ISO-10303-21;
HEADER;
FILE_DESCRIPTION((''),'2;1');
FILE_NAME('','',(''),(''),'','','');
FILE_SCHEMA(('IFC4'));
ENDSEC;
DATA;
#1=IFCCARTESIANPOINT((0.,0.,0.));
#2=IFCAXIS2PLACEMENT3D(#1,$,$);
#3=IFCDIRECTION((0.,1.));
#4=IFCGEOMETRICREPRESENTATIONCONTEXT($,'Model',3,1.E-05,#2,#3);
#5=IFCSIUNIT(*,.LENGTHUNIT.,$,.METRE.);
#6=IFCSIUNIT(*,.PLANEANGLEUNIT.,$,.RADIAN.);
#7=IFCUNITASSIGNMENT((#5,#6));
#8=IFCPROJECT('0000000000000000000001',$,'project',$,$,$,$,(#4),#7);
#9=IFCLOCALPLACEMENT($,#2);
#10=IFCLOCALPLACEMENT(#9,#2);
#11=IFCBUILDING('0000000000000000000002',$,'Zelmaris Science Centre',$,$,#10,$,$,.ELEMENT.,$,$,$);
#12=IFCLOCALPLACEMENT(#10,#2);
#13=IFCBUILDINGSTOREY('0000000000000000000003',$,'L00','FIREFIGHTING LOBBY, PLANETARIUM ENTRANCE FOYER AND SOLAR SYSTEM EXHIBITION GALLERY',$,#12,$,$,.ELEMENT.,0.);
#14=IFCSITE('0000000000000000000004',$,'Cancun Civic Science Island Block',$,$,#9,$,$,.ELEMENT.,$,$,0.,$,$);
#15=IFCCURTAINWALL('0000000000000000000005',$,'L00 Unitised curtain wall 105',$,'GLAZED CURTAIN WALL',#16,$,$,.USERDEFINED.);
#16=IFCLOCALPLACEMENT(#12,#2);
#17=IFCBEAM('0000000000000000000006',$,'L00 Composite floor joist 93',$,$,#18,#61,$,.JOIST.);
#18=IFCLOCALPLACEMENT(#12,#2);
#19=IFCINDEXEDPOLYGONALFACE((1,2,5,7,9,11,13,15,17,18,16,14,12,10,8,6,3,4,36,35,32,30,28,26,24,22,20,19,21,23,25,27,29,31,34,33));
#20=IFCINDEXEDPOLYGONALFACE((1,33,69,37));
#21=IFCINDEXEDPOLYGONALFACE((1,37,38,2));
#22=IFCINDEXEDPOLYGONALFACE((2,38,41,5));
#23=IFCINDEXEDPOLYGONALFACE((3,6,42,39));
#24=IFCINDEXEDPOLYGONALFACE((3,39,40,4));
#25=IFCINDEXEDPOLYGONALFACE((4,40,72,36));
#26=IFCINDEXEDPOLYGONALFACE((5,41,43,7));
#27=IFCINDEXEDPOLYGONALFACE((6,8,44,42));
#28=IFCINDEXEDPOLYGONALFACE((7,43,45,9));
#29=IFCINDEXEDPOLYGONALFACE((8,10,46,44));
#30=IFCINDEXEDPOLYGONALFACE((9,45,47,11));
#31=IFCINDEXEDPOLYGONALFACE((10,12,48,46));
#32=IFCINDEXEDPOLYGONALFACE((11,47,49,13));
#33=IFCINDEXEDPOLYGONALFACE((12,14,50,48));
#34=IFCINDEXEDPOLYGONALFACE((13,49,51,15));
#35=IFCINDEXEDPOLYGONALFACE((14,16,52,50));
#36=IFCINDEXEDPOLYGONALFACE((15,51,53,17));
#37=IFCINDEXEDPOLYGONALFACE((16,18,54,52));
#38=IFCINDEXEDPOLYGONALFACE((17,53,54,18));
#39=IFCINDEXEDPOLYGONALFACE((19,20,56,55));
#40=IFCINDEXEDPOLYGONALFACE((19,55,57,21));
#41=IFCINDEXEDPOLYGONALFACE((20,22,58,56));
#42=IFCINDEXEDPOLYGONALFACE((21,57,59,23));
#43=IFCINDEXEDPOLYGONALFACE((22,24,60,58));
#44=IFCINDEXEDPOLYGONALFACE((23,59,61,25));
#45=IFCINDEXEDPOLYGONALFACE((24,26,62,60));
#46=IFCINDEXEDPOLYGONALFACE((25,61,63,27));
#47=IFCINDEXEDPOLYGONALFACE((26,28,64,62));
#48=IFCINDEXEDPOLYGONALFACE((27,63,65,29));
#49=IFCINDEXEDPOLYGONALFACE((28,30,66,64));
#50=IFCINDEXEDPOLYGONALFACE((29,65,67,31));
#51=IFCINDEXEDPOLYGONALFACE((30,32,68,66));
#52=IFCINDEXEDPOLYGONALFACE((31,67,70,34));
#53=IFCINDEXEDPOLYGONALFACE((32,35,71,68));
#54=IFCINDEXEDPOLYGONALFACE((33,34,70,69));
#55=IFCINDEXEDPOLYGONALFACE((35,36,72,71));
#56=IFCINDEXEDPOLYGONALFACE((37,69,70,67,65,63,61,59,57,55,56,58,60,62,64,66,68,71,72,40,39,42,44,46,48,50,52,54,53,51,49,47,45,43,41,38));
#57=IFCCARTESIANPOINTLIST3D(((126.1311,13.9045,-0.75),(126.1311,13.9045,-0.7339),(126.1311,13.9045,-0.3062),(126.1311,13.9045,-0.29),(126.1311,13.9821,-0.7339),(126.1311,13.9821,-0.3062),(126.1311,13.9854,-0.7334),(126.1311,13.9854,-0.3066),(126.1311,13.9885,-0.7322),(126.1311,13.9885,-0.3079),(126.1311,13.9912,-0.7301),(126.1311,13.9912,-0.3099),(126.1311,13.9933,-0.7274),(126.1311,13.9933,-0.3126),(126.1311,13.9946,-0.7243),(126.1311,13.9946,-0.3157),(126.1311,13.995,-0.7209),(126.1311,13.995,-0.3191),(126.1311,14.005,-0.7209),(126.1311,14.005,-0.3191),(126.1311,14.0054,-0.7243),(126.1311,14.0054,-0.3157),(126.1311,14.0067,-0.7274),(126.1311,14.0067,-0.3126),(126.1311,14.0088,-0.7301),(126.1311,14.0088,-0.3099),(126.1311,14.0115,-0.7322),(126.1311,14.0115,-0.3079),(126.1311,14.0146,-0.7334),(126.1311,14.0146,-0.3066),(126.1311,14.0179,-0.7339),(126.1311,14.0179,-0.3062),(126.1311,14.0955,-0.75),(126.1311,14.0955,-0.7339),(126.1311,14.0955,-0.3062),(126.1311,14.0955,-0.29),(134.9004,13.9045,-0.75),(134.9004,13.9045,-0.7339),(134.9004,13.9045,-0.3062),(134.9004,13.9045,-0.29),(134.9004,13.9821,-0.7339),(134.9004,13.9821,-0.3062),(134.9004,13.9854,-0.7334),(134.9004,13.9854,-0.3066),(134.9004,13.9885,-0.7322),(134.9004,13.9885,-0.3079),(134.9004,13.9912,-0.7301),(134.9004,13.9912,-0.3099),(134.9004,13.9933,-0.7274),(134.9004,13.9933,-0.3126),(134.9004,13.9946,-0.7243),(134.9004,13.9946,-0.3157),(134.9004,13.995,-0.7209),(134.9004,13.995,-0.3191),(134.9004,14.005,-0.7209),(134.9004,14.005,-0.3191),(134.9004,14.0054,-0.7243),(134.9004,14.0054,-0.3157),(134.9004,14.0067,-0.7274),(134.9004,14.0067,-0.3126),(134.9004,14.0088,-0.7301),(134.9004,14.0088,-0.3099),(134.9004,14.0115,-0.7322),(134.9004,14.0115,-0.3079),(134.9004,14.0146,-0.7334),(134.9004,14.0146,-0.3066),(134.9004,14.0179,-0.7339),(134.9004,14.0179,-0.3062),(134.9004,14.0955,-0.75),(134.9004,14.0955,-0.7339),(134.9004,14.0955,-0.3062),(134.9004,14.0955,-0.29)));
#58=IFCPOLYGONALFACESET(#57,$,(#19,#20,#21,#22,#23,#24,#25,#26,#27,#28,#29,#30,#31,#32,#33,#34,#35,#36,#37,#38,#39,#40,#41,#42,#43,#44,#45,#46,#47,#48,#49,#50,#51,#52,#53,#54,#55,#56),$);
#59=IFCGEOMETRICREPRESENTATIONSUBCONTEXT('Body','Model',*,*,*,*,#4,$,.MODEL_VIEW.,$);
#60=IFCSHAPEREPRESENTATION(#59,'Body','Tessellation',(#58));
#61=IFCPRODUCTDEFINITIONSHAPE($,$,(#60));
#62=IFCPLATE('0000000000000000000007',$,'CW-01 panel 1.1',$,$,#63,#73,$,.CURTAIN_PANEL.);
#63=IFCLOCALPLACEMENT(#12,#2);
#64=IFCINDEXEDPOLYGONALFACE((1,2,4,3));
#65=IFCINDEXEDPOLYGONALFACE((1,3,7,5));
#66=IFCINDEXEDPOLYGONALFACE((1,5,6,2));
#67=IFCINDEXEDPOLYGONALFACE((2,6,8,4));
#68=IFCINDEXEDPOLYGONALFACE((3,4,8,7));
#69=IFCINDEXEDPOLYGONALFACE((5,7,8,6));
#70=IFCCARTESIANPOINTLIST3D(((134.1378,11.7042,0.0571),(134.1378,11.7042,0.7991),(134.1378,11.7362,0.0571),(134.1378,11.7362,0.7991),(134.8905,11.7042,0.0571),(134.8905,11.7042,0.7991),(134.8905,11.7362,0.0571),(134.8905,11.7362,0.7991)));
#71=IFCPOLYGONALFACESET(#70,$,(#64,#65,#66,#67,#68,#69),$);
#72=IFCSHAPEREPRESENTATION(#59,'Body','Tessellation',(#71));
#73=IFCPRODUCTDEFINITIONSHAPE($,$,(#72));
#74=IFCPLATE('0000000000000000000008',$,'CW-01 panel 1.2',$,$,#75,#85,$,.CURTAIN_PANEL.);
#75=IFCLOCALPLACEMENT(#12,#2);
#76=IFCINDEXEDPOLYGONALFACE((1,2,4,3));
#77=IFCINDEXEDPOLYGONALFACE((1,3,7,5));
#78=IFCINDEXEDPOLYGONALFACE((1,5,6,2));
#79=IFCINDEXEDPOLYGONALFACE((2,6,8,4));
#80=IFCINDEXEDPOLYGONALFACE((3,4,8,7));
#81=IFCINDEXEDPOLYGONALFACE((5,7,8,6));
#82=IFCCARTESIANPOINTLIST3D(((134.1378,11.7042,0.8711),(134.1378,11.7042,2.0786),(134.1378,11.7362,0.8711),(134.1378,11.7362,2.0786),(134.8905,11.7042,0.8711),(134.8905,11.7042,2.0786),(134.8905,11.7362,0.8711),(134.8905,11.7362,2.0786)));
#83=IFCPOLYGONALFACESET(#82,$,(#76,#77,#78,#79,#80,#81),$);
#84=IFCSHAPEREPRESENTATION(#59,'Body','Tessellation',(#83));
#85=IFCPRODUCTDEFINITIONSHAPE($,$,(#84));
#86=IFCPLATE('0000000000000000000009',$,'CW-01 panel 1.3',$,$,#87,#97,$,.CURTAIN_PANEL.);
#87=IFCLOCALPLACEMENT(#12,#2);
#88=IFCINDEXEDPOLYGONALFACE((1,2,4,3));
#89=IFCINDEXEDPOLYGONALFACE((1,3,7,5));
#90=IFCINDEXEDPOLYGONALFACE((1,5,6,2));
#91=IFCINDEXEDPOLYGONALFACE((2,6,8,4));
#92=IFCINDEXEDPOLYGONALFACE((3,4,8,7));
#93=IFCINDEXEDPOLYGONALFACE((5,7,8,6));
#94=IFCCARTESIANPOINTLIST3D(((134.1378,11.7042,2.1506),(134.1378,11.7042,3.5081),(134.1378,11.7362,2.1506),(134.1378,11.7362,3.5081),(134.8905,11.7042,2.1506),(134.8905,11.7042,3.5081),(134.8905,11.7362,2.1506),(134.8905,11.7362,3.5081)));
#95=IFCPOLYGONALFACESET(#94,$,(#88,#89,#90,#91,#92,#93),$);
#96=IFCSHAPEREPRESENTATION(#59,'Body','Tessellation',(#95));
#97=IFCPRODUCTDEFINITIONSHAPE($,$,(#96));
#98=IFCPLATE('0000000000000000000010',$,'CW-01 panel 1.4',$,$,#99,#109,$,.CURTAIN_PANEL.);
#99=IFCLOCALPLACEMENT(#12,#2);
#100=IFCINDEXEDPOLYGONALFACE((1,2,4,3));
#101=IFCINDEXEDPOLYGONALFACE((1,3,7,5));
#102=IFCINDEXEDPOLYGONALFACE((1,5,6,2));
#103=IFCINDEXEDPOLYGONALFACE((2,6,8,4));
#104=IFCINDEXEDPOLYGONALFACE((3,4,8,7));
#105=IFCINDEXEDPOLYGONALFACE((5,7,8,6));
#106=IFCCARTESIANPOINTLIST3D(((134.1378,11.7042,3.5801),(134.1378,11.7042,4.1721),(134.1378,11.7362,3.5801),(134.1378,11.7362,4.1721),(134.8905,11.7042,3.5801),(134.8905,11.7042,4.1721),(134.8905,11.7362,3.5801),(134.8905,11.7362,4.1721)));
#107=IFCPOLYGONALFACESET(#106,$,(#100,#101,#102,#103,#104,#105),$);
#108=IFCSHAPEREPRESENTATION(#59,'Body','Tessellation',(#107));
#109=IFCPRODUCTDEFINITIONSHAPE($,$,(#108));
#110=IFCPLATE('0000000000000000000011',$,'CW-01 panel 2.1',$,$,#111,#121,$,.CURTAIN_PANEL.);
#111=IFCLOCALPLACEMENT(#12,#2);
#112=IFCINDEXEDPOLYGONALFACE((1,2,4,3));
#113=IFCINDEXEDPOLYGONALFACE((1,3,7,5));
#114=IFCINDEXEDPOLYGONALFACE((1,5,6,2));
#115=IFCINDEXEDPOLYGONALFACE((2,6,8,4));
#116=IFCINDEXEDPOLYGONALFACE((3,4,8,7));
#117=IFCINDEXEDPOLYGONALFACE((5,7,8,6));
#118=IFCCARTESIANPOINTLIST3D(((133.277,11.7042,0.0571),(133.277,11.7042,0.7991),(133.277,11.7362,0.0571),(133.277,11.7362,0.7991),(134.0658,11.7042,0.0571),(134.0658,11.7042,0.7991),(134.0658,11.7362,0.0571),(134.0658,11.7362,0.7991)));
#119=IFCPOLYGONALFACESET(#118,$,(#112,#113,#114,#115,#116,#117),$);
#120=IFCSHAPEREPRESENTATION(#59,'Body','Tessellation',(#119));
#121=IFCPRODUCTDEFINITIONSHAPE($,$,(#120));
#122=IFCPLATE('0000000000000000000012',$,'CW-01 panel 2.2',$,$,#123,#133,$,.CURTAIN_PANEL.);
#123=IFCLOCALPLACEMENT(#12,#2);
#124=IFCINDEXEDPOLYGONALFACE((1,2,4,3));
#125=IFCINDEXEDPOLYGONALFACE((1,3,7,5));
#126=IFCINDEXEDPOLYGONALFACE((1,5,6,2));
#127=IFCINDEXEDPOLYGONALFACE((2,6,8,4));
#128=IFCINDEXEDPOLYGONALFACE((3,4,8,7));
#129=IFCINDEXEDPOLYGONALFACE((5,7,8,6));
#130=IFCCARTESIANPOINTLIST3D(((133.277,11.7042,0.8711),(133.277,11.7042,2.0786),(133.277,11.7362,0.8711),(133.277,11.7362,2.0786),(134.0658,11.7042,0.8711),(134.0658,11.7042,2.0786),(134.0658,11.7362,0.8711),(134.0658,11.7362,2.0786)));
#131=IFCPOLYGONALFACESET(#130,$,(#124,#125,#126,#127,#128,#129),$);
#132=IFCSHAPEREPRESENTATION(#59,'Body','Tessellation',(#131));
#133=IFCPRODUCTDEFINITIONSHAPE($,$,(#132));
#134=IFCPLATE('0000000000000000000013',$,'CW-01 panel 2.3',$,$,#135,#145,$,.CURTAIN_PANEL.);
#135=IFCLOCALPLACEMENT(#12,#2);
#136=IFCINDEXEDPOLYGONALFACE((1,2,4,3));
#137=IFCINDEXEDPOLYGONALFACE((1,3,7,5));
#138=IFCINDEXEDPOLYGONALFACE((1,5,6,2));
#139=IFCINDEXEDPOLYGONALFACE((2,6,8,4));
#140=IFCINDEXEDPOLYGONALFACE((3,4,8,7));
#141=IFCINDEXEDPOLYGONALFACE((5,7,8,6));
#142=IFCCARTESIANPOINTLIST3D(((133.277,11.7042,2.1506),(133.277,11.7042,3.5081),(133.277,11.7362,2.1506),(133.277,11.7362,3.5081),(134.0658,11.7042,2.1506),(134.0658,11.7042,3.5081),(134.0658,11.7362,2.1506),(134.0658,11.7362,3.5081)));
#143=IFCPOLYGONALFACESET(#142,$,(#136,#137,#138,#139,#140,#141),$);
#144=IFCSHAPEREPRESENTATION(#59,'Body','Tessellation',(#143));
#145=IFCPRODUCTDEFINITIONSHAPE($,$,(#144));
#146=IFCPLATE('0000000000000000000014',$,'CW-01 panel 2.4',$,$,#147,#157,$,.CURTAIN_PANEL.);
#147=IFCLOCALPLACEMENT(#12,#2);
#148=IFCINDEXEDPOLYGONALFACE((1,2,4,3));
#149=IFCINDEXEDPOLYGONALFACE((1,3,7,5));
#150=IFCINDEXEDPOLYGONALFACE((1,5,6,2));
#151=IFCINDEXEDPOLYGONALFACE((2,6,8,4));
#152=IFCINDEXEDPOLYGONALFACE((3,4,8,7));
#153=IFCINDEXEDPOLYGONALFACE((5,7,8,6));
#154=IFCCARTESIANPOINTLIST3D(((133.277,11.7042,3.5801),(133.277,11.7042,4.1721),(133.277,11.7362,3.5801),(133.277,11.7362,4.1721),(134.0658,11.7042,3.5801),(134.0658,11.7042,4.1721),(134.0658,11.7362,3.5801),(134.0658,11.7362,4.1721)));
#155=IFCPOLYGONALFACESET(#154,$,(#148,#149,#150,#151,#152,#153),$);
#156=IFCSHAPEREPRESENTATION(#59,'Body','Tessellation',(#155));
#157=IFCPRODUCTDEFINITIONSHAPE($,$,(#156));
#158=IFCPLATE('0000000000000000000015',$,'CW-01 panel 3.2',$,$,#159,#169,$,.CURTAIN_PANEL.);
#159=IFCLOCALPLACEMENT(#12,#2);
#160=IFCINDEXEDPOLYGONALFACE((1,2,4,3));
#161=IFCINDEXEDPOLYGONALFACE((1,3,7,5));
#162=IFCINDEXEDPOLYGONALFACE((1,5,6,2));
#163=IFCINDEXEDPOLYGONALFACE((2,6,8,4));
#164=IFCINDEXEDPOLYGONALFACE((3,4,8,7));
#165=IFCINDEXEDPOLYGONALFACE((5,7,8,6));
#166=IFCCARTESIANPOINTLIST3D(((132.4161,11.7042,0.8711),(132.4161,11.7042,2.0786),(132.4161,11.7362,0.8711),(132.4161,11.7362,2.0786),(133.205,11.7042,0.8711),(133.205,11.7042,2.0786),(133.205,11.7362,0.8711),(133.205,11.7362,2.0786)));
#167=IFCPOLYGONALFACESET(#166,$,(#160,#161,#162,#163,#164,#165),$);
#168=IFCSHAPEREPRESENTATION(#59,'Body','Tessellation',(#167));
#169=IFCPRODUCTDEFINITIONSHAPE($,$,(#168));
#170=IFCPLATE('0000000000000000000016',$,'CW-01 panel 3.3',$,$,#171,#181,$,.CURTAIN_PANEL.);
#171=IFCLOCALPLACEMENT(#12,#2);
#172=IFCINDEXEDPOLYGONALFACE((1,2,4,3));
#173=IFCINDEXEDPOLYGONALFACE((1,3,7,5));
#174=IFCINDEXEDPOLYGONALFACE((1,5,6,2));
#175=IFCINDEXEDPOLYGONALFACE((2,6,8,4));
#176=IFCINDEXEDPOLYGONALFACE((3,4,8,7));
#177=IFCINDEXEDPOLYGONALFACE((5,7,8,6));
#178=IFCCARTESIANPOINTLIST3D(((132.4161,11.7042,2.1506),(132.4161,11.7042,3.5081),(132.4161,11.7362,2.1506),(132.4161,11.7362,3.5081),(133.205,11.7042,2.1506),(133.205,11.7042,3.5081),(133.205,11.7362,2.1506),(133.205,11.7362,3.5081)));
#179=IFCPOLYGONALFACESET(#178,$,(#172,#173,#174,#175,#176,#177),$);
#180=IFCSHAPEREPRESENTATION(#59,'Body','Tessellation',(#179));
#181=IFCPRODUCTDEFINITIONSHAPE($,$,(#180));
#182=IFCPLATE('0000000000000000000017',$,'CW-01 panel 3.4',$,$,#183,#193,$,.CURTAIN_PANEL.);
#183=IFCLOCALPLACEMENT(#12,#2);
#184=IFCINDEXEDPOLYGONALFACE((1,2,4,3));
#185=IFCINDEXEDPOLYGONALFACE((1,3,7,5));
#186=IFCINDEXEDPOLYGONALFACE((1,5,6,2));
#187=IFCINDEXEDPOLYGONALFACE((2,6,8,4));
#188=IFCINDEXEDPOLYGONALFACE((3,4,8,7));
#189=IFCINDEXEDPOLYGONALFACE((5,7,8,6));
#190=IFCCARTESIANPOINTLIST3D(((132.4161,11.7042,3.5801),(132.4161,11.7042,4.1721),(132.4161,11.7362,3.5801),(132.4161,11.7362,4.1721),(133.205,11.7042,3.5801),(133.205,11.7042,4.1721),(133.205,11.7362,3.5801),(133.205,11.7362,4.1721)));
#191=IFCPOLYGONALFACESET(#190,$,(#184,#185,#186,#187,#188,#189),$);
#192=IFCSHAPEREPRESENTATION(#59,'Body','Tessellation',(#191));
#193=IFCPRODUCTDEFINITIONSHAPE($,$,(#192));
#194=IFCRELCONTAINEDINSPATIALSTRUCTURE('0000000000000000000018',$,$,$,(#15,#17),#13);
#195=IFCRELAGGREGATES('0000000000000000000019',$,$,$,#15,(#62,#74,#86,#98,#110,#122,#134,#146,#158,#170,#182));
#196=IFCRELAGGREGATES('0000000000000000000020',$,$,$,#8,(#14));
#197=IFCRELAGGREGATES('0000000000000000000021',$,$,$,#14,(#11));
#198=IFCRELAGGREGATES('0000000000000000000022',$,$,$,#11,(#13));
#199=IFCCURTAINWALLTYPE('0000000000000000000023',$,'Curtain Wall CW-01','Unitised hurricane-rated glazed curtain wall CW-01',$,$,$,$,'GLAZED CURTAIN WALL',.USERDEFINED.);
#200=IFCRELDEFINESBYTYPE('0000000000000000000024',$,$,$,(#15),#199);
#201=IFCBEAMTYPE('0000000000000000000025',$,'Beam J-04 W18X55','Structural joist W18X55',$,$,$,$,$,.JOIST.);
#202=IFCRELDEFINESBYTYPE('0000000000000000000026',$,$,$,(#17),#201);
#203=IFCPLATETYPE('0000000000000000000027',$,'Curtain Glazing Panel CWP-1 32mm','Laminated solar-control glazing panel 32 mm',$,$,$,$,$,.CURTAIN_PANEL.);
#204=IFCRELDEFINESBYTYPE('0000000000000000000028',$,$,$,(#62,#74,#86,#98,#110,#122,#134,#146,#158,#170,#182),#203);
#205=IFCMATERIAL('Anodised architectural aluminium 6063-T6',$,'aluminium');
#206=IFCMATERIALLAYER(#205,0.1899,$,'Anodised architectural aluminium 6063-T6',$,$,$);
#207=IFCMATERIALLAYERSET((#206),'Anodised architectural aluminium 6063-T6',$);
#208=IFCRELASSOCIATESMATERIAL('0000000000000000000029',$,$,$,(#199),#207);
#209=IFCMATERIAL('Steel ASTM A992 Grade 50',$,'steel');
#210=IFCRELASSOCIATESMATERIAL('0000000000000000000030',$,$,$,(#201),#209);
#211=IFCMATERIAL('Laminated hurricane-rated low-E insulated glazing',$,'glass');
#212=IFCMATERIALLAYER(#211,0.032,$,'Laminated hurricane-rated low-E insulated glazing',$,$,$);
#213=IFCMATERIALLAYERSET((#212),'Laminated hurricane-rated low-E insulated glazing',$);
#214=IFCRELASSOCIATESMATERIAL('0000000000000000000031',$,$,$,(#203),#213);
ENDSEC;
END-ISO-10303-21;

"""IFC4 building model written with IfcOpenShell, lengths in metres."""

from ifc_helpers import new_model, si_unit, direction, frame, origin, origin_2d, place, context, subcontext, project, spatial, rectangle, i_section, extrude, material, layer, layer_set, material_profile, profile_set, type_object, element, aggregate, save


model = new_model("IFC4")

# Units and contexts
model_context = context("Model", 3, precision=1e-05, world=origin(), true_north=direction((0.0, 1.0)))
body_context = subcontext(model_context, "Body", "Model", "MODEL_VIEW")
ifc_project = project(units=[si_unit("LENGTHUNIT", "METRE"), si_unit("PLANEANGLEUNIT", "RADIAN")], contexts=[model_context])

# Site, building, storey
site_placement = place(None, origin())
site = spatial("IfcSite", under=ifc_project, at=site_placement, Name="Cancun Civic Science Island Block", CompositionType="ELEMENT", RefElevation=0.0)
building_placement = place(site_placement, origin())
building = spatial("IfcBuilding", under=site, at=building_placement, Name="Zelmaris Science Centre", CompositionType="ELEMENT")
storey_placement = place(building_placement, origin())
storey = spatial("IfcBuildingStorey", under=building, at=storey_placement, Name="L00", Description="FIREFIGHTING LOBBY, PLANETARIUM ENTRANCE FOYER AND SOLAR SYSTEM EXHIBITION GALLERY", CompositionType="ELEMENT", Elevation=0.0)

# Shared definitions
ifc_material_1 = material(Name="Steel ASTM A992 Grade 50", Category="steel")

# Curtain wall
ifc_material_2 = material(Name="Anodised architectural aluminium 6063-T6", Category="aluminium")
ifc_layer_1 = layer(ifc_material_2, 0.1899, Name="Anodised architectural aluminium 6063-T6")
ifc_layer_set_1 = layer_set([ifc_layer_1], Name="Anodised architectural aluminium 6063-T6")
curtain_wall_type = type_object("IfcCurtainWallType", Name="Curtain Wall CW-01", Description="Unitised hurricane-rated glazed curtain wall CW-01", ElementType="GLAZED CURTAIN WALL", PredefinedType="USERDEFINED", material=ifc_layer_set_1)
curtain_wall_placement = place(storey_placement, origin())
curtain_wall = element("IfcCurtainWall", 1, at=curtain_wall_placement, inside=storey, type_object=curtain_wall_type, Name="L00 Unitised curtain wall 105", ObjectType="GLAZED CURTAIN WALL", PredefinedType="USERDEFINED")

# Beam
ifc_material_profile_1 = material_profile(ifc_material_1, i_section(OverallWidth=0.1909, OverallDepth=0.46, WebThickness=0.01, FlangeThickness=0.0161, FilletRadius=0.0129, at=origin_2d()), Name="W18X55")
ifc_profile_set_1 = profile_set([ifc_material_profile_1], Name="Steel ASTM A992 Grade 50")
beam_type_1 = type_object("IfcBeamType", Name="Beam J-04 W18X55", Description="Structural joist W18X55", PredefinedType="JOIST", material=ifc_profile_set_1)
beam_1_placement = place(storey_placement, frame((126.1311, 14.0, -0.52), z_axis=(1.0, 0.0, 0.0), x_axis=(0.0, 1.0, 0.0)))
element("IfcBeam", 2, at=beam_1_placement, inside=storey, type_object=beam_type_1, Name="L00 Composite floor joist 93", PredefinedType="JOIST", context=body_context, shape_type="SweptSolid", body=[
    extrude(i_section(OverallWidth=0.1909, OverallDepth=0.46, WebThickness=0.01, FlangeThickness=0.0161, FilletRadius=0.0129, at=origin_2d()), origin(), (0.0, 0.0, 1.0), 8.7693),
])

# Plates
ifc_material_3 = material(Name="Laminated hurricane-rated low-E insulated glazing", Category="glass")
ifc_layer_2 = layer(ifc_material_3, 0.032, Name="Laminated hurricane-rated low-E insulated glazing")
ifc_layer_set_2 = layer_set([ifc_layer_2], Name="Laminated hurricane-rated low-E insulated glazing")
plate_type = type_object("IfcPlateType", Name="Curtain Glazing Panel CWP-1 32mm", Description="Laminated solar-control glazing panel 32 mm", PredefinedType="CURTAIN_PANEL", material=ifc_layer_set_2)
plate_1_placement = place(storey_placement, frame((134.5142, 11.7202, 0.0571), z_axis=(0.0, 0.0, 1.0), x_axis=(-1.0, 0.0, 0.0)))
plate_1 = element("IfcPlate", 3, at=plate_1_placement, type_object=plate_type, Name="CW-01 panel 1.1", PredefinedType="CURTAIN_PANEL", context=body_context, shape_type="SweptSolid", body=[
    extrude(rectangle(XDim=0.7527, YDim=0.032, at=origin_2d()), origin(), (0.0, 0.0, 1.0), 0.7419),
])
plate_2_placement = place(storey_placement, frame((134.5142, 11.7202, 0.8711), z_axis=(0.0, 0.0, 1.0), x_axis=(-1.0, 0.0, 0.0)))
plate_2 = element("IfcPlate", 4, at=plate_2_placement, type_object=plate_type, Name="CW-01 panel 1.2", PredefinedType="CURTAIN_PANEL", context=body_context, shape_type="SweptSolid", body=[
    extrude(rectangle(XDim=0.7527, YDim=0.032, at=origin_2d()), origin(), (0.0, 0.0, 1.0), 1.2075),
])
plate_3_placement = place(storey_placement, frame((134.5142, 11.7202, 2.1506), z_axis=(0.0, 0.0, 1.0), x_axis=(-1.0, 0.0, 0.0)))
plate_3 = element("IfcPlate", 5, at=plate_3_placement, type_object=plate_type, Name="CW-01 panel 1.3", PredefinedType="CURTAIN_PANEL", context=body_context, shape_type="SweptSolid", body=[
    extrude(rectangle(XDim=0.7527, YDim=0.032, at=origin_2d()), origin(), (0.0, 0.0, 1.0), 1.3574),
])
plate_4_placement = place(storey_placement, frame((134.5142, 11.7202, 3.5801), z_axis=(0.0, 0.0, 1.0), x_axis=(-1.0, 0.0, 0.0)))
plate_4 = element("IfcPlate", 6, at=plate_4_placement, type_object=plate_type, Name="CW-01 panel 1.4", PredefinedType="CURTAIN_PANEL", context=body_context, shape_type="SweptSolid", body=[
    extrude(rectangle(XDim=0.7527, YDim=0.032, at=origin_2d()), origin(), (0.0, 0.0, 1.0), 0.592),
])
plate_5_placement = place(storey_placement, frame((133.6714, 11.7202, 0.0571), z_axis=(0.0, 0.0, 1.0), x_axis=(-1.0, 0.0, 0.0)))
plate_5 = element("IfcPlate", 7, at=plate_5_placement, type_object=plate_type, Name="CW-01 panel 2.1", PredefinedType="CURTAIN_PANEL", context=body_context, shape_type="SweptSolid", body=[
    extrude(rectangle(XDim=0.7888, YDim=0.032, at=origin_2d()), origin(), (0.0, 0.0, 1.0), 0.7419),
])
plate_6_placement = place(storey_placement, frame((133.6714, 11.7202, 0.8711), z_axis=(0.0, 0.0, 1.0), x_axis=(-1.0, 0.0, 0.0)))
plate_6 = element("IfcPlate", 8, at=plate_6_placement, type_object=plate_type, Name="CW-01 panel 2.2", PredefinedType="CURTAIN_PANEL", context=body_context, shape_type="SweptSolid", body=[
    extrude(rectangle(XDim=0.7888, YDim=0.032, at=origin_2d()), origin(), (0.0, 0.0, 1.0), 1.2075),
])
plate_7_placement = place(storey_placement, frame((133.6714, 11.7202, 2.1506), z_axis=(0.0, 0.0, 1.0), x_axis=(-1.0, 0.0, 0.0)))
plate_7 = element("IfcPlate", 9, at=plate_7_placement, type_object=plate_type, Name="CW-01 panel 2.3", PredefinedType="CURTAIN_PANEL", context=body_context, shape_type="SweptSolid", body=[
    extrude(rectangle(XDim=0.7888, YDim=0.032, at=origin_2d()), origin(), (0.0, 0.0, 1.0), 1.3574),
])
plate_8_placement = place(storey_placement, frame((133.6714, 11.7202, 3.5801), z_axis=(0.0, 0.0, 1.0), x_axis=(-1.0, 0.0, 0.0)))
plate_8 = element("IfcPlate", 10, at=plate_8_placement, type_object=plate_type, Name="CW-01 panel 2.4", PredefinedType="CURTAIN_PANEL", context=body_context, shape_type="SweptSolid", body=[
    extrude(rectangle(XDim=0.7888, YDim=0.032, at=origin_2d()), origin(), (0.0, 0.0, 1.0), 0.592),
])
plate_9_placement = place(storey_placement, frame((132.8105, 11.7202, 0.8711), z_axis=(0.0, 0.0, 1.0), x_axis=(-1.0, 0.0, 0.0)))
plate_9 = element("IfcPlate", 11, at=plate_9_placement, type_object=plate_type, Name="CW-01 panel 3.2", PredefinedType="CURTAIN_PANEL", context=body_context, shape_type="SweptSolid", body=[
    extrude(rectangle(XDim=0.7888, YDim=0.032, at=origin_2d()), origin(), (0.0, 0.0, 1.0), 1.2075),
])
plate_10_placement = place(storey_placement, frame((132.8105, 11.7202, 2.1506), z_axis=(0.0, 0.0, 1.0), x_axis=(-1.0, 0.0, 0.0)))
plate_10 = element("IfcPlate", 12, at=plate_10_placement, type_object=plate_type, Name="CW-01 panel 3.3", PredefinedType="CURTAIN_PANEL", context=body_context, shape_type="SweptSolid", body=[
    extrude(rectangle(XDim=0.7888, YDim=0.032, at=origin_2d()), origin(), (0.0, 0.0, 1.0), 1.3574),
])
plate_11_placement = place(storey_placement, frame((132.8105, 11.7202, 3.5801), z_axis=(0.0, 0.0, 1.0), x_axis=(-1.0, 0.0, 0.0)))
plate_11 = element("IfcPlate", 13, at=plate_11_placement, type_object=plate_type, Name="CW-01 panel 3.4", PredefinedType="CURTAIN_PANEL", context=body_context, shape_type="SweptSolid", body=[
    extrude(rectangle(XDim=0.7888, YDim=0.032, at=origin_2d()), origin(), (0.0, 0.0, 1.0), 0.592),
])
aggregate(curtain_wall, [plate_1, plate_2, plate_3, plate_4, plate_5, plate_6, plate_7, plate_8, plate_9, plate_10, plate_11])

save(model, "model.ifc")
